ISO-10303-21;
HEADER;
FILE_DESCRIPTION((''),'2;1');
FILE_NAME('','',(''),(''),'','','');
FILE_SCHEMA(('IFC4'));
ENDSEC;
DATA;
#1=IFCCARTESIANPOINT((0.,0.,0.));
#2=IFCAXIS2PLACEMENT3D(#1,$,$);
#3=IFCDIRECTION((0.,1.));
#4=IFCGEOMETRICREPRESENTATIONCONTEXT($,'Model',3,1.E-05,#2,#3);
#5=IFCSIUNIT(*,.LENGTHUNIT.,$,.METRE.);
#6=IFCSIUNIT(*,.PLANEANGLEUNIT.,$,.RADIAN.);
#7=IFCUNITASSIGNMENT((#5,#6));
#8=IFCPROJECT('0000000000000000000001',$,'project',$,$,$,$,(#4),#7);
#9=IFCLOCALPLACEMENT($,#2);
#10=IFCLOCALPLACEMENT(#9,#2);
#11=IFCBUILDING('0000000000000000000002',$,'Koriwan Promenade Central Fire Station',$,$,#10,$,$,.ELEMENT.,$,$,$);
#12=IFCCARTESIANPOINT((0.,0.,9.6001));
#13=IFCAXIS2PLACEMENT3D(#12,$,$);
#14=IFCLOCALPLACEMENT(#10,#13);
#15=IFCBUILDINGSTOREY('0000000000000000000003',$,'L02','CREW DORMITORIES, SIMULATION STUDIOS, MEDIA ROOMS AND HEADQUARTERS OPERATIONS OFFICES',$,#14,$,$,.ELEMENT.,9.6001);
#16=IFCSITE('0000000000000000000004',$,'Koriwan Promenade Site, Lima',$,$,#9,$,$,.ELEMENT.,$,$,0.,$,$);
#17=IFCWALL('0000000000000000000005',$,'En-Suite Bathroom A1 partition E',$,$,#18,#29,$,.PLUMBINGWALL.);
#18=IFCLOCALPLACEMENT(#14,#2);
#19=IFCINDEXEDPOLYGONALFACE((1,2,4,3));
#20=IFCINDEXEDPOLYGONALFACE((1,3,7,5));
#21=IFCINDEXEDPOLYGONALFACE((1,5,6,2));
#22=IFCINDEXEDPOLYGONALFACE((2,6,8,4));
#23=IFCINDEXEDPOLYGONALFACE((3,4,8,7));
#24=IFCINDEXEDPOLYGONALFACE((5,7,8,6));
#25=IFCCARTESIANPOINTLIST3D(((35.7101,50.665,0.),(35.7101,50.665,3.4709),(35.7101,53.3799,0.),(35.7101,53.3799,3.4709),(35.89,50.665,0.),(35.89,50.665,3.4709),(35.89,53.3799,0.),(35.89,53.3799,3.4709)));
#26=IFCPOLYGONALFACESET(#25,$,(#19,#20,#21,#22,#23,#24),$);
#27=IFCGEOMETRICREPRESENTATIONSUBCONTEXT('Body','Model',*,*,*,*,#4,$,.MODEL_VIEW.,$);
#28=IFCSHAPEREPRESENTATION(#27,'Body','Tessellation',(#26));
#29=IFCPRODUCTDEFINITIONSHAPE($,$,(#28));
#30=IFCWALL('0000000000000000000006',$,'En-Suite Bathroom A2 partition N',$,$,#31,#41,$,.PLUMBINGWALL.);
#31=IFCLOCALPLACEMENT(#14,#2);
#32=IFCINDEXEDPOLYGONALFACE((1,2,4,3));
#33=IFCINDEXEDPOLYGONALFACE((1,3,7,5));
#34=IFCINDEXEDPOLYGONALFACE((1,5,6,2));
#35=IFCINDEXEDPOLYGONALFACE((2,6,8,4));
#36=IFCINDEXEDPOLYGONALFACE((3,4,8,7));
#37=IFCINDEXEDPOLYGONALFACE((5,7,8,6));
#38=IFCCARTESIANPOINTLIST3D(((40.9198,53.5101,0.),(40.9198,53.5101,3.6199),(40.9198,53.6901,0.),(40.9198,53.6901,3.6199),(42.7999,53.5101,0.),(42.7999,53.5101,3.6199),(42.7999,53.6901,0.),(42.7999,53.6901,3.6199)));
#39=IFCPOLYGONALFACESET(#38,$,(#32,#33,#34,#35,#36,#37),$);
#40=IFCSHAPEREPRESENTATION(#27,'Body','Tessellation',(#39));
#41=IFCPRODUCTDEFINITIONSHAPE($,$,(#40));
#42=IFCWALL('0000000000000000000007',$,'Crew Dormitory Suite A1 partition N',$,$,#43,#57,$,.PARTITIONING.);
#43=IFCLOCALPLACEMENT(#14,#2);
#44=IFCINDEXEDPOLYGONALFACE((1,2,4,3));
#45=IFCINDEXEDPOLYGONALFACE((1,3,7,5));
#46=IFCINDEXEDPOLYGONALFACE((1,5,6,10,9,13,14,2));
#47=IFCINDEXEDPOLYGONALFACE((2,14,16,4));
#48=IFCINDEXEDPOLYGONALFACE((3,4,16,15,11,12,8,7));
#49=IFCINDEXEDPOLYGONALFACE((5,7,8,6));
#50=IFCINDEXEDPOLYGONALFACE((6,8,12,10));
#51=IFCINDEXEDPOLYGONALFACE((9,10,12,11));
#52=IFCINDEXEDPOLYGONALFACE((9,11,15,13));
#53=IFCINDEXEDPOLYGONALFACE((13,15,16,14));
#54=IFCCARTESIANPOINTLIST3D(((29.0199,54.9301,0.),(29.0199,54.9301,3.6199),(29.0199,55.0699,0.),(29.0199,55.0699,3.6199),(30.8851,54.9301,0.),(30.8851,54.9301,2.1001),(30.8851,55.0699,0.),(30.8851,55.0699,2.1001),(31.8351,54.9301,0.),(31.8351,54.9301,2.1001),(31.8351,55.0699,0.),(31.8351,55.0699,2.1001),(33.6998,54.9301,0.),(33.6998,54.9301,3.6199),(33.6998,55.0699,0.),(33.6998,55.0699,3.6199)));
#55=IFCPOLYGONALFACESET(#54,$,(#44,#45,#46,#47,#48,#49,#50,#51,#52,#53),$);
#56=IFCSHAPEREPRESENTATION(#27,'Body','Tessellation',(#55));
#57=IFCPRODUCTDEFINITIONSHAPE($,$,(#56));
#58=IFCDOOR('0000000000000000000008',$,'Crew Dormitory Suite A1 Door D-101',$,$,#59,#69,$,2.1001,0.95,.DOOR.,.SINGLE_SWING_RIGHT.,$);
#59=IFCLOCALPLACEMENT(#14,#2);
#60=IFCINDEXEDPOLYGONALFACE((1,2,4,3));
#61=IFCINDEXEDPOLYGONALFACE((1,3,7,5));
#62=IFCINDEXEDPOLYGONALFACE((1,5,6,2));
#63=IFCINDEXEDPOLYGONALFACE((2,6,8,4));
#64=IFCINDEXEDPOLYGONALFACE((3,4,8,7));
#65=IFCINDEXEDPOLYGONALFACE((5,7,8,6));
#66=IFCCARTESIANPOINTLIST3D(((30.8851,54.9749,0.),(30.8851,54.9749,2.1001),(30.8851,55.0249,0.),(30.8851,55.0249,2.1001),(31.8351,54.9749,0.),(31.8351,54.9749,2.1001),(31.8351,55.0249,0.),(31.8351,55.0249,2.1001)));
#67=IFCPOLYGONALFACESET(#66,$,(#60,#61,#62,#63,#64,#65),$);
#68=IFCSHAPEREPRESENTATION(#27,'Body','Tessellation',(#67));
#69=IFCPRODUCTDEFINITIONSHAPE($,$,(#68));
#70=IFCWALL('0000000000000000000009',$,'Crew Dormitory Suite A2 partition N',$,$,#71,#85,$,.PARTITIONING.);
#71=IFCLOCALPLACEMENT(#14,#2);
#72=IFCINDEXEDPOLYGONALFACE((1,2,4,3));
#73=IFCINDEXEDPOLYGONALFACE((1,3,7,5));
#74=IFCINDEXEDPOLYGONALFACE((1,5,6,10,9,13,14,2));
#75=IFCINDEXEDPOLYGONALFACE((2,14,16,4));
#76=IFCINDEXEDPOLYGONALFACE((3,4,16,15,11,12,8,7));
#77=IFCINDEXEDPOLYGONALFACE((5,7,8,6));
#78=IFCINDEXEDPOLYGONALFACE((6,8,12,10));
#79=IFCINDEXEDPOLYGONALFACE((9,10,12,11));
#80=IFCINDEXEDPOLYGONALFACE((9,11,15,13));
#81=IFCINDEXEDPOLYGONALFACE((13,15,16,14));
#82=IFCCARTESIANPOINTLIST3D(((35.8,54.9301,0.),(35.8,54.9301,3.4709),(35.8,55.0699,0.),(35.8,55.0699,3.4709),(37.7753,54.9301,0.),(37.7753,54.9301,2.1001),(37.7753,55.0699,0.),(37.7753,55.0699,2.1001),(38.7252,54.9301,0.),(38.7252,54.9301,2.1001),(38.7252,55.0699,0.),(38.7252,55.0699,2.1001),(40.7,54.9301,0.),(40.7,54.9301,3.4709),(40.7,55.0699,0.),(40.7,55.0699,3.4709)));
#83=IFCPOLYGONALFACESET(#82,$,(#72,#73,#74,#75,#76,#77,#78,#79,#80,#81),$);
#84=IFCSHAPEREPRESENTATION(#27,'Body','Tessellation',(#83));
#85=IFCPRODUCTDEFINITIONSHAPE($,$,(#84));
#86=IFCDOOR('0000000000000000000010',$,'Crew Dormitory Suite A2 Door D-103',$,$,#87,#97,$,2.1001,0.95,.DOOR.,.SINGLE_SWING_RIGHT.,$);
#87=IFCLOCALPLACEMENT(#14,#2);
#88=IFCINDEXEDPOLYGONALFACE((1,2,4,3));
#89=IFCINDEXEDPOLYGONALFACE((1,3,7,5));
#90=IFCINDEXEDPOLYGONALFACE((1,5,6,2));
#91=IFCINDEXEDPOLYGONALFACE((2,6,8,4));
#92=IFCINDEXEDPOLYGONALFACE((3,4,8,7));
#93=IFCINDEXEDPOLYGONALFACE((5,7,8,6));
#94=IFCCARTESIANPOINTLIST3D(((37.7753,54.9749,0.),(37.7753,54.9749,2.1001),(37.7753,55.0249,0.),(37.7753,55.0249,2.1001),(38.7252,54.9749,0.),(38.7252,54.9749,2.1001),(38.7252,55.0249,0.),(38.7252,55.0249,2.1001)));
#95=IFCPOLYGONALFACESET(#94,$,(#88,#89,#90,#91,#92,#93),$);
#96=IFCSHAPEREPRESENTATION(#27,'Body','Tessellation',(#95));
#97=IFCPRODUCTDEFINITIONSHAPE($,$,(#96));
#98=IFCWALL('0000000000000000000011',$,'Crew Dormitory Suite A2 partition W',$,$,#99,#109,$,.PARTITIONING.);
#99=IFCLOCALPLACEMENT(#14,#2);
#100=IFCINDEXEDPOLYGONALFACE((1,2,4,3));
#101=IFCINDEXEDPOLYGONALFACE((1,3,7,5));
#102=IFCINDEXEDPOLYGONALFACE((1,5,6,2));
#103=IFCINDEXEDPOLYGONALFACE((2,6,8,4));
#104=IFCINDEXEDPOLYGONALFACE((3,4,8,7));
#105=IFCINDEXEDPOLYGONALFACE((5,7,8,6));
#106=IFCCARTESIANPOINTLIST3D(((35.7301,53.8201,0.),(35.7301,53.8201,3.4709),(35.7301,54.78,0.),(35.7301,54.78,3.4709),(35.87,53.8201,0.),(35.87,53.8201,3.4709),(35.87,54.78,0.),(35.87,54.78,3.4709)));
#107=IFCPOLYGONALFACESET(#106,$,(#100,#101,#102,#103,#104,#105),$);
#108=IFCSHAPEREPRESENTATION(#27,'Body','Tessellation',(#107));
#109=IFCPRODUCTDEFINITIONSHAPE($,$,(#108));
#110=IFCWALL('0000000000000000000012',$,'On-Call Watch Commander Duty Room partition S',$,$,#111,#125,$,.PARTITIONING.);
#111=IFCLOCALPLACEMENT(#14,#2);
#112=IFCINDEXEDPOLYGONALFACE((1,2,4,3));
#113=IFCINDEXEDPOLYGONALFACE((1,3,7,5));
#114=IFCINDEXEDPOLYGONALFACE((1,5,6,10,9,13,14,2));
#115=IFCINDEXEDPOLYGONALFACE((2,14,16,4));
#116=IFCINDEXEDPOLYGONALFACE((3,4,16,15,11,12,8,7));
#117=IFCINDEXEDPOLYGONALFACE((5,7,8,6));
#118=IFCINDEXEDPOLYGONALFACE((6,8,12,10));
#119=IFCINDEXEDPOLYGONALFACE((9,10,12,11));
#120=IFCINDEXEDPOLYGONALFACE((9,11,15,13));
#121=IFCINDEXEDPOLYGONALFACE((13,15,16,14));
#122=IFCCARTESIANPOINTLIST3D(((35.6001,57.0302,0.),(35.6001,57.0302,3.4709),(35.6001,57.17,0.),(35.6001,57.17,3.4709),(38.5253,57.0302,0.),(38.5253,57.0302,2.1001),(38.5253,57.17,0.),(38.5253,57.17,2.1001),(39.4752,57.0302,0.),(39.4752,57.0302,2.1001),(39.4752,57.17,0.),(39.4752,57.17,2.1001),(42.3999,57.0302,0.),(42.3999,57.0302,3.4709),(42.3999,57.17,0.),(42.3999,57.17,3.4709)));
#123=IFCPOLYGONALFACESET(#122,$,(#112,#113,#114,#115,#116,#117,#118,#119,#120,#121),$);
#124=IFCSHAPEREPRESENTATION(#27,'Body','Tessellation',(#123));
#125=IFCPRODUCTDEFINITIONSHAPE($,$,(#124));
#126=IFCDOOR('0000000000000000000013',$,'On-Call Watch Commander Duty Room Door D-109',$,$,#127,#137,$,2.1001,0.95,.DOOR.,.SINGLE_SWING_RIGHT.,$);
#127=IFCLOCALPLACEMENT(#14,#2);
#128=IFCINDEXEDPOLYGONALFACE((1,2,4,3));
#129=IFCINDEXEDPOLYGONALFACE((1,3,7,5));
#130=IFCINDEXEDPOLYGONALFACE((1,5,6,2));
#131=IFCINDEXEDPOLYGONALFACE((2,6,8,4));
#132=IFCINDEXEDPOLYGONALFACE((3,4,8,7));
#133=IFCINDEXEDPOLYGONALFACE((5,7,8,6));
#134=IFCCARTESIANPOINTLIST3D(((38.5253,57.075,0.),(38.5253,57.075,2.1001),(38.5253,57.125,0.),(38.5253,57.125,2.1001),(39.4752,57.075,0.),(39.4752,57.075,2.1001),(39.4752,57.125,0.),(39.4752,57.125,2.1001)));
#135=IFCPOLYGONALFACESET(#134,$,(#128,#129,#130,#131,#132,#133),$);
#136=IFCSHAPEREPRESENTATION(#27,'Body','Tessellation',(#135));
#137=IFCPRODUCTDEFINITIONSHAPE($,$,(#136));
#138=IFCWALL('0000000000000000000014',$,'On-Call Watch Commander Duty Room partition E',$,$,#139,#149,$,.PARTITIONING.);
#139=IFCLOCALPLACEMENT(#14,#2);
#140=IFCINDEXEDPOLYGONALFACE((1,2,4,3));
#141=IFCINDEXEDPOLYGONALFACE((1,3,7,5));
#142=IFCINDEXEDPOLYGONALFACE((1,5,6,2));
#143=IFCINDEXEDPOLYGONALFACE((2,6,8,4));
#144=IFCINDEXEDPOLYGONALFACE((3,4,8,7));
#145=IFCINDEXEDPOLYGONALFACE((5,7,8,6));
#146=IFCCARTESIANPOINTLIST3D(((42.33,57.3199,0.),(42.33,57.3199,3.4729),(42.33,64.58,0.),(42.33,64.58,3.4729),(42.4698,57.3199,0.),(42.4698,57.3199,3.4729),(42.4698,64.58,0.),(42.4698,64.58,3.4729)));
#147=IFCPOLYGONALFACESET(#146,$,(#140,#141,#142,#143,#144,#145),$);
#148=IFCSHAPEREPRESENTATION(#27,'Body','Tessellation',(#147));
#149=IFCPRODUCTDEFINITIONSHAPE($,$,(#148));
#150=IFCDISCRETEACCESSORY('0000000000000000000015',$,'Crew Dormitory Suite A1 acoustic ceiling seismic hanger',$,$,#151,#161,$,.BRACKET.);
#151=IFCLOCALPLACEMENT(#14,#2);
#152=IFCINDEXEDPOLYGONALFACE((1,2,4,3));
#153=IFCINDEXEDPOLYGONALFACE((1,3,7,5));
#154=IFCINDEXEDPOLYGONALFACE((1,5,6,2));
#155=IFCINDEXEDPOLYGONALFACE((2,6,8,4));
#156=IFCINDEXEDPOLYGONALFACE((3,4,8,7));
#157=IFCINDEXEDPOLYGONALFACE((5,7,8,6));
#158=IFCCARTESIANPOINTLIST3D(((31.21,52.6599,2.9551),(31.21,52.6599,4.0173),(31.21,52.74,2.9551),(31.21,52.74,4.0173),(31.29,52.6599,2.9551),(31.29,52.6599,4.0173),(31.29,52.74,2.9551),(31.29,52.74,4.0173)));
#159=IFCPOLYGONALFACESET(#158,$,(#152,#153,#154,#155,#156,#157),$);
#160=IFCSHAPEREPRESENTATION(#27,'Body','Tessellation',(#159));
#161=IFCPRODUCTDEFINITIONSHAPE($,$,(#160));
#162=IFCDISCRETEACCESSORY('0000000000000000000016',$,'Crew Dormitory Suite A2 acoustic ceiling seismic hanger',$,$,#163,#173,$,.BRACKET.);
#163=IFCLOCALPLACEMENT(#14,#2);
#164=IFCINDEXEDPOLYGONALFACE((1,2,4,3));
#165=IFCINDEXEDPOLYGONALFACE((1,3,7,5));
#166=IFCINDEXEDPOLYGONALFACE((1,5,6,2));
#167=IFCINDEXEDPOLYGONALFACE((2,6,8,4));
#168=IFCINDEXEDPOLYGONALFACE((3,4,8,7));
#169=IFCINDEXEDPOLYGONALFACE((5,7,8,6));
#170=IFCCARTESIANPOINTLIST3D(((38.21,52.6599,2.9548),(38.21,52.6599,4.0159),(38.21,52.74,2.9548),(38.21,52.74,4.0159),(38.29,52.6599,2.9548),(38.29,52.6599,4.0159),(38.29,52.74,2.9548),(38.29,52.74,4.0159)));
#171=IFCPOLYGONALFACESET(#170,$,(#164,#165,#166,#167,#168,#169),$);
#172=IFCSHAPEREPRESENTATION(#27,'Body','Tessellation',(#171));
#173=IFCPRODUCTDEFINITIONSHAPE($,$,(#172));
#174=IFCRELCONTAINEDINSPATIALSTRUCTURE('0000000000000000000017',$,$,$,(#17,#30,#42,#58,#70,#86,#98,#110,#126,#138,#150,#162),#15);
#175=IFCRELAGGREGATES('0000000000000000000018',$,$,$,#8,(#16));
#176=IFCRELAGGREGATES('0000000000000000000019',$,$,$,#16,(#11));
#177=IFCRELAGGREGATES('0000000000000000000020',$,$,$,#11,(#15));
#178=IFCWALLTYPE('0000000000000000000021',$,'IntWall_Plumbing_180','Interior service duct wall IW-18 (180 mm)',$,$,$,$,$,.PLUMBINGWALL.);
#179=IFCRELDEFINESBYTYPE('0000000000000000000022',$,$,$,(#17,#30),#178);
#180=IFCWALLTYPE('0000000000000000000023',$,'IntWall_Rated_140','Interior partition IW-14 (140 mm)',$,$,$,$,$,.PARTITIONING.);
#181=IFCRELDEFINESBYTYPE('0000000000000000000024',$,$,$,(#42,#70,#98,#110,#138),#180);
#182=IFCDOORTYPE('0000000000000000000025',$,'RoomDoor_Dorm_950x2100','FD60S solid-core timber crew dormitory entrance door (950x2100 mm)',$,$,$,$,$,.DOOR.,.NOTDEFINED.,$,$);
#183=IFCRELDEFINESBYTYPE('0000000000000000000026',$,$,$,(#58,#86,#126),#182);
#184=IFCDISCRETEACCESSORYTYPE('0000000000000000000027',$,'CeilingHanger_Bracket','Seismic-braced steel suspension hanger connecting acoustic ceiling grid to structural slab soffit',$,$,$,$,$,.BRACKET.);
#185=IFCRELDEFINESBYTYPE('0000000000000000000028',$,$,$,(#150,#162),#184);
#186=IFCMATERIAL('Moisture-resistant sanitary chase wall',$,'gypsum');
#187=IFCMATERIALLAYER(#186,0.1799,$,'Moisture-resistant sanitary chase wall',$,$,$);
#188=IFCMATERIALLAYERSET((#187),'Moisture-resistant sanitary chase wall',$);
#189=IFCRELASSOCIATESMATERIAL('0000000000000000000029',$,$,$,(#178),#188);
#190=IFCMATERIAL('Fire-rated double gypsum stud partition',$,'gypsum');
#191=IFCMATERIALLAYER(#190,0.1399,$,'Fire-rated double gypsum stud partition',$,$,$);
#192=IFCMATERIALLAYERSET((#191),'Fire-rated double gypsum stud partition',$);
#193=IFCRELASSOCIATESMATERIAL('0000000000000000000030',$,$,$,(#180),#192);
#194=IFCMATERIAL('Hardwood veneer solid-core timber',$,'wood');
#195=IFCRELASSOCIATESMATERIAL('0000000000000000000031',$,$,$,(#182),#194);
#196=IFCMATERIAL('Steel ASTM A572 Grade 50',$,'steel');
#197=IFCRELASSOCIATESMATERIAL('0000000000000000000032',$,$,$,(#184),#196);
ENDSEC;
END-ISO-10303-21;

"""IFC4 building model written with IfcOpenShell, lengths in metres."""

from ifc_helpers import new_model, si_unit, direction, frame, frame_2d, origin, origin_2d, place, context, subcontext, project, spatial, rectangle, extrude, material, layer, layer_set, type_object, element, fill, save


model = new_model("IFC4")

# Units and contexts
model_context = context("Model", 3, precision=1e-05, world=origin(), true_north=direction((0.0, 1.0)))
body_context = subcontext(model_context, "Body", "Model", "MODEL_VIEW")
ifc_project = project(units=[si_unit("LENGTHUNIT", "METRE"), si_unit("PLANEANGLEUNIT", "RADIAN")], contexts=[model_context])

# Site, building, storey
site_placement = place(None, origin())
site = spatial("IfcSite", under=ifc_project, at=site_placement, Name="Koriwan Promenade Site, Lima", CompositionType="ELEMENT", RefElevation=0.0)
building_placement = place(site_placement, origin())
building = spatial("IfcBuilding", under=site, at=building_placement, Name="Koriwan Promenade Central Fire Station", CompositionType="ELEMENT")
storey_placement = place(building_placement, frame((0.0, 0.0, 9.6001)))
storey = spatial("IfcBuildingStorey", under=building, at=storey_placement, Name="L02", Description="CREW DORMITORIES, SIMULATION STUDIOS, MEDIA ROOMS AND HEADQUARTERS OPERATIONS OFFICES", CompositionType="ELEMENT", Elevation=9.6001)

# Shared definitions
ifc_material_1 = material(Name="Hardwood veneer solid-core timber", Category="wood")

# Walls
ifc_material_2 = material(Name="Moisture-resistant sanitary chase wall", Category="gypsum")
ifc_layer_1 = layer(ifc_material_2, 0.1799, Name="Moisture-resistant sanitary chase wall")
ifc_layer_set_1 = layer_set([ifc_layer_1], Name="Moisture-resistant sanitary chase wall")
wall_type_1 = type_object("IfcWallType", Name="IntWall_Plumbing_180", Description="Interior service duct wall IW-18 (180 mm)", PredefinedType="PLUMBINGWALL", material=ifc_layer_set_1)
wall_1_placement = place(storey_placement, frame((35.8, 50.665, 0.0), z_axis=(0.0, 0.0, 1.0), x_axis=(0.0, 1.0, 0.0)))
element("IfcWall", 1, at=wall_1_placement, inside=storey, type_object=wall_type_1, Name="En-Suite Bathroom A1 partition E", PredefinedType="PLUMBINGWALL", context=body_context, shape_type="SweptSolid", body=[
    extrude(rectangle(XDim=2.7148, YDim=0.1799, at=frame_2d((1.3574, 0.0))), origin(), (0.0, 0.0, 1.0), 3.4709),
])
wall_2_placement = place(storey_placement, frame((40.9199, 53.6001, 0.0), z_axis=(0.0, 0.0, 1.0), x_axis=(1.0, 0.0, 0.0)))
element("IfcWall", 2, at=wall_2_placement, inside=storey, type_object=wall_type_1, Name="En-Suite Bathroom A2 partition N", PredefinedType="PLUMBINGWALL", context=body_context, shape_type="SweptSolid", body=[
    extrude(rectangle(XDim=1.8801, YDim=0.1799, at=frame_2d((0.9399, 0.0))), origin(), (0.0, 0.0, 1.0), 3.6199),
])

# Walls, openings, doors
ifc_material_3 = material(Name="Fire-rated double gypsum stud partition", Category="gypsum")
ifc_layer_2 = layer(ifc_material_3, 0.1399, Name="Fire-rated double gypsum stud partition")
ifc_layer_set_2 = layer_set([ifc_layer_2], Name="Fire-rated double gypsum stud partition")
wall_type_2 = type_object("IfcWallType", Name="IntWall_Rated_140", Description="Interior partition IW-14 (140 mm)", PredefinedType="PARTITIONING", material=ifc_layer_set_2)
wall_3_placement = place(storey_placement, frame((29.02, 55.0, 0.0), z_axis=(0.0, 0.0, 1.0), x_axis=(1.0, 0.0, 0.0)))
wall_3 = element("IfcWall", 3, at=wall_3_placement, inside=storey, type_object=wall_type_2, Name="Crew Dormitory Suite A1 partition N", PredefinedType="PARTITIONING", context=body_context, shape_type="SweptSolid", body=[
    extrude(rectangle(XDim=4.6799, YDim=0.1399, at=frame_2d((2.3398, 0.0))), origin(), (0.0, 0.0, 1.0), 3.6199),
])
opening_1_placement = place(wall_3_placement, frame((1.865, 0.0, 0.0)))
opening_1 = element("IfcOpeningElement", 4, at=opening_1_placement, cuts=wall_3, PredefinedType="OPENING", context=body_context, shape_type="SweptSolid", body=[
    extrude(rectangle(XDim=0.95, YDim=2.1001, at=frame_2d((0.4751, 1.05))), frame((0.0, 0.082, 0.0), z_axis=(0.0, -1.0, 0.0), x_axis=(1.0, 0.0, 0.0)), (0.0, 0.0, 1.0), 0.1638),
])
door_type_1 = type_object("IfcDoorType", Name="RoomDoor_Dorm_950x2100", Description="FD60S solid-core timber crew dormitory entrance door (950x2100 mm)", OperationType="NOTDEFINED", PredefinedType="DOOR", material=ifc_material_1)
door_1_placement = place(opening_1_placement, origin())
door_1 = element("IfcDoor", 5, at=door_1_placement, inside=storey, type_object=door_type_1, Name="Crew Dormitory Suite A1 Door D-101", OperationType="SINGLE_SWING_RIGHT", OverallHeight=2.1001, OverallWidth=0.95, PredefinedType="DOOR", context=body_context, shape_type="SweptSolid", body=[
    extrude(rectangle(XDim=0.95, YDim=2.1001, at=frame_2d((0.4751, 1.05))), frame((0.0, 0.0249, 0.0), z_axis=(0.0, -1.0, 0.0), x_axis=(1.0, 0.0, 0.0)), (0.0, 0.0, 1.0), 0.05),
])
fill(opening_1, door_1)
wall_4_placement = place(storey_placement, frame((35.8, 55.0, 0.0), z_axis=(0.0, 0.0, 1.0), x_axis=(1.0, 0.0, 0.0)))
wall_4 = element("IfcWall", 6, at=wall_4_placement, inside=storey, type_object=wall_type_2, Name="Crew Dormitory Suite A2 partition N", PredefinedType="PARTITIONING", context=body_context, shape_type="SweptSolid", body=[
    extrude(rectangle(XDim=4.8999, YDim=0.1399, at=frame_2d((2.45, 0.0))), origin(), (0.0, 0.0, 1.0), 3.4709),
])
opening_2_placement = place(wall_4_placement, frame((1.9751, 0.0, 0.0)))
opening_2 = element("IfcOpeningElement", 7, at=opening_2_placement, cuts=wall_4, PredefinedType="OPENING", context=body_context, shape_type="SweptSolid", body=[
    extrude(rectangle(XDim=0.95, YDim=2.1001, at=frame_2d((0.4751, 1.05))), frame((0.0, 0.082, 0.0), z_axis=(0.0, -1.0, 0.0), x_axis=(1.0, 0.0, 0.0)), (0.0, 0.0, 1.0), 0.1638),
])
door_2_placement = place(opening_2_placement, origin())
door_2 = element("IfcDoor", 8, at=door_2_placement, inside=storey, type_object=door_type_1, Name="Crew Dormitory Suite A2 Door D-103", OperationType="SINGLE_SWING_RIGHT", OverallHeight=2.1001, OverallWidth=0.95, PredefinedType="DOOR", context=body_context, shape_type="SweptSolid", body=[
    extrude(rectangle(XDim=0.95, YDim=2.1001, at=frame_2d((0.4751, 1.05))), frame((0.0, 0.0249, 0.0), z_axis=(0.0, -1.0, 0.0), x_axis=(1.0, 0.0, 0.0)), (0.0, 0.0, 1.0), 0.05),
])
fill(opening_2, door_2)

# Wall
wall_5_placement = place(storey_placement, frame((35.8, 53.8201, 0.0), z_axis=(0.0, 0.0, 1.0), x_axis=(0.0, 1.0, 0.0)))
element("IfcWall", 9, at=wall_5_placement, inside=storey, type_object=wall_type_2, Name="Crew Dormitory Suite A2 partition W", PredefinedType="PARTITIONING", context=body_context, shape_type="SweptSolid", body=[
    extrude(rectangle(XDim=0.96, YDim=0.1399, at=frame_2d((0.48, 0.0))), origin(), (0.0, 0.0, 1.0), 3.4709),
])

# Wall, opening, door
wall_6_placement = place(storey_placement, frame((35.6001, 57.1001, 0.0), z_axis=(0.0, 0.0, 1.0), x_axis=(1.0, 0.0, 0.0)))
wall_6 = element("IfcWall", 10, at=wall_6_placement, inside=storey, type_object=wall_type_2, Name="On-Call Watch Commander Duty Room partition S", PredefinedType="PARTITIONING", context=body_context, shape_type="SweptSolid", body=[
    extrude(rectangle(XDim=6.7998, YDim=0.1399, at=frame_2d((3.3999, 0.0))), origin(), (0.0, 0.0, 1.0), 3.4709),
])
opening_3_placement = place(wall_6_placement, frame((2.925, 0.0, 0.0)))
opening_3 = element("IfcOpeningElement", 11, at=opening_3_placement, cuts=wall_6, PredefinedType="OPENING", context=body_context, shape_type="SweptSolid", body=[
    extrude(rectangle(XDim=0.95, YDim=2.1001, at=frame_2d((0.4751, 1.05))), frame((0.0, 0.082, 0.0), z_axis=(0.0, -1.0, 0.0), x_axis=(1.0, 0.0, 0.0)), (0.0, 0.0, 1.0), 0.1638),
])
door_3_placement = place(opening_3_placement, origin())
door_3 = element("IfcDoor", 12, at=door_3_placement, inside=storey, type_object=door_type_1, Name="On-Call Watch Commander Duty Room Door D-109", OperationType="SINGLE_SWING_RIGHT", OverallHeight=2.1001, OverallWidth=0.95, PredefinedType="DOOR", context=body_context, shape_type="SweptSolid", body=[
    extrude(rectangle(XDim=0.95, YDim=2.1001, at=frame_2d((0.4751, 1.05))), frame((0.0, 0.0249, 0.0), z_axis=(0.0, -1.0, 0.0), x_axis=(1.0, 0.0, 0.0)), (0.0, 0.0, 1.0), 0.05),
])
fill(opening_3, door_3)

# Wall
wall_7_placement = place(storey_placement, frame((42.3999, 57.3201, 0.0), z_axis=(0.0, 0.0, 1.0), x_axis=(0.0, 1.0, 0.0)))
element("IfcWall", 13, at=wall_7_placement, inside=storey, type_object=wall_type_2, Name="On-Call Watch Commander Duty Room partition E", PredefinedType="PARTITIONING", context=body_context, shape_type="SweptSolid", body=[
    extrude(rectangle(XDim=7.26, YDim=0.1399, at=frame_2d((3.6299, 0.0))), origin(), (0.0, 0.0, 1.0), 3.4729),
])

# Discrete accessories
ifc_material_4 = material(Name="Steel ASTM A572 Grade 50", Category="steel")
discrete_accessory_type = type_object("IfcDiscreteAccessoryType", Name="CeilingHanger_Bracket", Description="Seismic-braced steel suspension hanger connecting acoustic ceiling grid to structural slab soffit", PredefinedType="BRACKET", material=ifc_material_4)
discrete_accessory_1_placement = place(storey_placement, frame((31.25, 52.7, 2.9551), z_axis=(0.0, 0.0, 1.0), x_axis=(1.0, 0.0, 0.0)))
element("IfcDiscreteAccessory", 14, at=discrete_accessory_1_placement, inside=storey, type_object=discrete_accessory_type, Name="Crew Dormitory Suite A1 acoustic ceiling seismic hanger", PredefinedType="BRACKET", context=body_context, shape_type="SweptSolid", body=[
    extrude(rectangle(XDim=0.0801, YDim=0.0801, at=origin_2d()), origin(), (0.0, 0.0, 1.0), 1.0623),
])
discrete_accessory_2_placement = place(storey_placement, frame((38.25, 52.7, 2.9548), z_axis=(0.0, 0.0, 1.0), x_axis=(1.0, 0.0, 0.0)))
element("IfcDiscreteAccessory", 15, at=discrete_accessory_2_placement, inside=storey, type_object=discrete_accessory_type, Name="Crew Dormitory Suite A2 acoustic ceiling seismic hanger", PredefinedType="BRACKET", context=body_context, shape_type="SweptSolid", body=[
    extrude(rectangle(XDim=0.0801, YDim=0.0801, at=origin_2d()), origin(), (0.0, 0.0, 1.0), 1.061),
])

save(model, "model.ifc")
